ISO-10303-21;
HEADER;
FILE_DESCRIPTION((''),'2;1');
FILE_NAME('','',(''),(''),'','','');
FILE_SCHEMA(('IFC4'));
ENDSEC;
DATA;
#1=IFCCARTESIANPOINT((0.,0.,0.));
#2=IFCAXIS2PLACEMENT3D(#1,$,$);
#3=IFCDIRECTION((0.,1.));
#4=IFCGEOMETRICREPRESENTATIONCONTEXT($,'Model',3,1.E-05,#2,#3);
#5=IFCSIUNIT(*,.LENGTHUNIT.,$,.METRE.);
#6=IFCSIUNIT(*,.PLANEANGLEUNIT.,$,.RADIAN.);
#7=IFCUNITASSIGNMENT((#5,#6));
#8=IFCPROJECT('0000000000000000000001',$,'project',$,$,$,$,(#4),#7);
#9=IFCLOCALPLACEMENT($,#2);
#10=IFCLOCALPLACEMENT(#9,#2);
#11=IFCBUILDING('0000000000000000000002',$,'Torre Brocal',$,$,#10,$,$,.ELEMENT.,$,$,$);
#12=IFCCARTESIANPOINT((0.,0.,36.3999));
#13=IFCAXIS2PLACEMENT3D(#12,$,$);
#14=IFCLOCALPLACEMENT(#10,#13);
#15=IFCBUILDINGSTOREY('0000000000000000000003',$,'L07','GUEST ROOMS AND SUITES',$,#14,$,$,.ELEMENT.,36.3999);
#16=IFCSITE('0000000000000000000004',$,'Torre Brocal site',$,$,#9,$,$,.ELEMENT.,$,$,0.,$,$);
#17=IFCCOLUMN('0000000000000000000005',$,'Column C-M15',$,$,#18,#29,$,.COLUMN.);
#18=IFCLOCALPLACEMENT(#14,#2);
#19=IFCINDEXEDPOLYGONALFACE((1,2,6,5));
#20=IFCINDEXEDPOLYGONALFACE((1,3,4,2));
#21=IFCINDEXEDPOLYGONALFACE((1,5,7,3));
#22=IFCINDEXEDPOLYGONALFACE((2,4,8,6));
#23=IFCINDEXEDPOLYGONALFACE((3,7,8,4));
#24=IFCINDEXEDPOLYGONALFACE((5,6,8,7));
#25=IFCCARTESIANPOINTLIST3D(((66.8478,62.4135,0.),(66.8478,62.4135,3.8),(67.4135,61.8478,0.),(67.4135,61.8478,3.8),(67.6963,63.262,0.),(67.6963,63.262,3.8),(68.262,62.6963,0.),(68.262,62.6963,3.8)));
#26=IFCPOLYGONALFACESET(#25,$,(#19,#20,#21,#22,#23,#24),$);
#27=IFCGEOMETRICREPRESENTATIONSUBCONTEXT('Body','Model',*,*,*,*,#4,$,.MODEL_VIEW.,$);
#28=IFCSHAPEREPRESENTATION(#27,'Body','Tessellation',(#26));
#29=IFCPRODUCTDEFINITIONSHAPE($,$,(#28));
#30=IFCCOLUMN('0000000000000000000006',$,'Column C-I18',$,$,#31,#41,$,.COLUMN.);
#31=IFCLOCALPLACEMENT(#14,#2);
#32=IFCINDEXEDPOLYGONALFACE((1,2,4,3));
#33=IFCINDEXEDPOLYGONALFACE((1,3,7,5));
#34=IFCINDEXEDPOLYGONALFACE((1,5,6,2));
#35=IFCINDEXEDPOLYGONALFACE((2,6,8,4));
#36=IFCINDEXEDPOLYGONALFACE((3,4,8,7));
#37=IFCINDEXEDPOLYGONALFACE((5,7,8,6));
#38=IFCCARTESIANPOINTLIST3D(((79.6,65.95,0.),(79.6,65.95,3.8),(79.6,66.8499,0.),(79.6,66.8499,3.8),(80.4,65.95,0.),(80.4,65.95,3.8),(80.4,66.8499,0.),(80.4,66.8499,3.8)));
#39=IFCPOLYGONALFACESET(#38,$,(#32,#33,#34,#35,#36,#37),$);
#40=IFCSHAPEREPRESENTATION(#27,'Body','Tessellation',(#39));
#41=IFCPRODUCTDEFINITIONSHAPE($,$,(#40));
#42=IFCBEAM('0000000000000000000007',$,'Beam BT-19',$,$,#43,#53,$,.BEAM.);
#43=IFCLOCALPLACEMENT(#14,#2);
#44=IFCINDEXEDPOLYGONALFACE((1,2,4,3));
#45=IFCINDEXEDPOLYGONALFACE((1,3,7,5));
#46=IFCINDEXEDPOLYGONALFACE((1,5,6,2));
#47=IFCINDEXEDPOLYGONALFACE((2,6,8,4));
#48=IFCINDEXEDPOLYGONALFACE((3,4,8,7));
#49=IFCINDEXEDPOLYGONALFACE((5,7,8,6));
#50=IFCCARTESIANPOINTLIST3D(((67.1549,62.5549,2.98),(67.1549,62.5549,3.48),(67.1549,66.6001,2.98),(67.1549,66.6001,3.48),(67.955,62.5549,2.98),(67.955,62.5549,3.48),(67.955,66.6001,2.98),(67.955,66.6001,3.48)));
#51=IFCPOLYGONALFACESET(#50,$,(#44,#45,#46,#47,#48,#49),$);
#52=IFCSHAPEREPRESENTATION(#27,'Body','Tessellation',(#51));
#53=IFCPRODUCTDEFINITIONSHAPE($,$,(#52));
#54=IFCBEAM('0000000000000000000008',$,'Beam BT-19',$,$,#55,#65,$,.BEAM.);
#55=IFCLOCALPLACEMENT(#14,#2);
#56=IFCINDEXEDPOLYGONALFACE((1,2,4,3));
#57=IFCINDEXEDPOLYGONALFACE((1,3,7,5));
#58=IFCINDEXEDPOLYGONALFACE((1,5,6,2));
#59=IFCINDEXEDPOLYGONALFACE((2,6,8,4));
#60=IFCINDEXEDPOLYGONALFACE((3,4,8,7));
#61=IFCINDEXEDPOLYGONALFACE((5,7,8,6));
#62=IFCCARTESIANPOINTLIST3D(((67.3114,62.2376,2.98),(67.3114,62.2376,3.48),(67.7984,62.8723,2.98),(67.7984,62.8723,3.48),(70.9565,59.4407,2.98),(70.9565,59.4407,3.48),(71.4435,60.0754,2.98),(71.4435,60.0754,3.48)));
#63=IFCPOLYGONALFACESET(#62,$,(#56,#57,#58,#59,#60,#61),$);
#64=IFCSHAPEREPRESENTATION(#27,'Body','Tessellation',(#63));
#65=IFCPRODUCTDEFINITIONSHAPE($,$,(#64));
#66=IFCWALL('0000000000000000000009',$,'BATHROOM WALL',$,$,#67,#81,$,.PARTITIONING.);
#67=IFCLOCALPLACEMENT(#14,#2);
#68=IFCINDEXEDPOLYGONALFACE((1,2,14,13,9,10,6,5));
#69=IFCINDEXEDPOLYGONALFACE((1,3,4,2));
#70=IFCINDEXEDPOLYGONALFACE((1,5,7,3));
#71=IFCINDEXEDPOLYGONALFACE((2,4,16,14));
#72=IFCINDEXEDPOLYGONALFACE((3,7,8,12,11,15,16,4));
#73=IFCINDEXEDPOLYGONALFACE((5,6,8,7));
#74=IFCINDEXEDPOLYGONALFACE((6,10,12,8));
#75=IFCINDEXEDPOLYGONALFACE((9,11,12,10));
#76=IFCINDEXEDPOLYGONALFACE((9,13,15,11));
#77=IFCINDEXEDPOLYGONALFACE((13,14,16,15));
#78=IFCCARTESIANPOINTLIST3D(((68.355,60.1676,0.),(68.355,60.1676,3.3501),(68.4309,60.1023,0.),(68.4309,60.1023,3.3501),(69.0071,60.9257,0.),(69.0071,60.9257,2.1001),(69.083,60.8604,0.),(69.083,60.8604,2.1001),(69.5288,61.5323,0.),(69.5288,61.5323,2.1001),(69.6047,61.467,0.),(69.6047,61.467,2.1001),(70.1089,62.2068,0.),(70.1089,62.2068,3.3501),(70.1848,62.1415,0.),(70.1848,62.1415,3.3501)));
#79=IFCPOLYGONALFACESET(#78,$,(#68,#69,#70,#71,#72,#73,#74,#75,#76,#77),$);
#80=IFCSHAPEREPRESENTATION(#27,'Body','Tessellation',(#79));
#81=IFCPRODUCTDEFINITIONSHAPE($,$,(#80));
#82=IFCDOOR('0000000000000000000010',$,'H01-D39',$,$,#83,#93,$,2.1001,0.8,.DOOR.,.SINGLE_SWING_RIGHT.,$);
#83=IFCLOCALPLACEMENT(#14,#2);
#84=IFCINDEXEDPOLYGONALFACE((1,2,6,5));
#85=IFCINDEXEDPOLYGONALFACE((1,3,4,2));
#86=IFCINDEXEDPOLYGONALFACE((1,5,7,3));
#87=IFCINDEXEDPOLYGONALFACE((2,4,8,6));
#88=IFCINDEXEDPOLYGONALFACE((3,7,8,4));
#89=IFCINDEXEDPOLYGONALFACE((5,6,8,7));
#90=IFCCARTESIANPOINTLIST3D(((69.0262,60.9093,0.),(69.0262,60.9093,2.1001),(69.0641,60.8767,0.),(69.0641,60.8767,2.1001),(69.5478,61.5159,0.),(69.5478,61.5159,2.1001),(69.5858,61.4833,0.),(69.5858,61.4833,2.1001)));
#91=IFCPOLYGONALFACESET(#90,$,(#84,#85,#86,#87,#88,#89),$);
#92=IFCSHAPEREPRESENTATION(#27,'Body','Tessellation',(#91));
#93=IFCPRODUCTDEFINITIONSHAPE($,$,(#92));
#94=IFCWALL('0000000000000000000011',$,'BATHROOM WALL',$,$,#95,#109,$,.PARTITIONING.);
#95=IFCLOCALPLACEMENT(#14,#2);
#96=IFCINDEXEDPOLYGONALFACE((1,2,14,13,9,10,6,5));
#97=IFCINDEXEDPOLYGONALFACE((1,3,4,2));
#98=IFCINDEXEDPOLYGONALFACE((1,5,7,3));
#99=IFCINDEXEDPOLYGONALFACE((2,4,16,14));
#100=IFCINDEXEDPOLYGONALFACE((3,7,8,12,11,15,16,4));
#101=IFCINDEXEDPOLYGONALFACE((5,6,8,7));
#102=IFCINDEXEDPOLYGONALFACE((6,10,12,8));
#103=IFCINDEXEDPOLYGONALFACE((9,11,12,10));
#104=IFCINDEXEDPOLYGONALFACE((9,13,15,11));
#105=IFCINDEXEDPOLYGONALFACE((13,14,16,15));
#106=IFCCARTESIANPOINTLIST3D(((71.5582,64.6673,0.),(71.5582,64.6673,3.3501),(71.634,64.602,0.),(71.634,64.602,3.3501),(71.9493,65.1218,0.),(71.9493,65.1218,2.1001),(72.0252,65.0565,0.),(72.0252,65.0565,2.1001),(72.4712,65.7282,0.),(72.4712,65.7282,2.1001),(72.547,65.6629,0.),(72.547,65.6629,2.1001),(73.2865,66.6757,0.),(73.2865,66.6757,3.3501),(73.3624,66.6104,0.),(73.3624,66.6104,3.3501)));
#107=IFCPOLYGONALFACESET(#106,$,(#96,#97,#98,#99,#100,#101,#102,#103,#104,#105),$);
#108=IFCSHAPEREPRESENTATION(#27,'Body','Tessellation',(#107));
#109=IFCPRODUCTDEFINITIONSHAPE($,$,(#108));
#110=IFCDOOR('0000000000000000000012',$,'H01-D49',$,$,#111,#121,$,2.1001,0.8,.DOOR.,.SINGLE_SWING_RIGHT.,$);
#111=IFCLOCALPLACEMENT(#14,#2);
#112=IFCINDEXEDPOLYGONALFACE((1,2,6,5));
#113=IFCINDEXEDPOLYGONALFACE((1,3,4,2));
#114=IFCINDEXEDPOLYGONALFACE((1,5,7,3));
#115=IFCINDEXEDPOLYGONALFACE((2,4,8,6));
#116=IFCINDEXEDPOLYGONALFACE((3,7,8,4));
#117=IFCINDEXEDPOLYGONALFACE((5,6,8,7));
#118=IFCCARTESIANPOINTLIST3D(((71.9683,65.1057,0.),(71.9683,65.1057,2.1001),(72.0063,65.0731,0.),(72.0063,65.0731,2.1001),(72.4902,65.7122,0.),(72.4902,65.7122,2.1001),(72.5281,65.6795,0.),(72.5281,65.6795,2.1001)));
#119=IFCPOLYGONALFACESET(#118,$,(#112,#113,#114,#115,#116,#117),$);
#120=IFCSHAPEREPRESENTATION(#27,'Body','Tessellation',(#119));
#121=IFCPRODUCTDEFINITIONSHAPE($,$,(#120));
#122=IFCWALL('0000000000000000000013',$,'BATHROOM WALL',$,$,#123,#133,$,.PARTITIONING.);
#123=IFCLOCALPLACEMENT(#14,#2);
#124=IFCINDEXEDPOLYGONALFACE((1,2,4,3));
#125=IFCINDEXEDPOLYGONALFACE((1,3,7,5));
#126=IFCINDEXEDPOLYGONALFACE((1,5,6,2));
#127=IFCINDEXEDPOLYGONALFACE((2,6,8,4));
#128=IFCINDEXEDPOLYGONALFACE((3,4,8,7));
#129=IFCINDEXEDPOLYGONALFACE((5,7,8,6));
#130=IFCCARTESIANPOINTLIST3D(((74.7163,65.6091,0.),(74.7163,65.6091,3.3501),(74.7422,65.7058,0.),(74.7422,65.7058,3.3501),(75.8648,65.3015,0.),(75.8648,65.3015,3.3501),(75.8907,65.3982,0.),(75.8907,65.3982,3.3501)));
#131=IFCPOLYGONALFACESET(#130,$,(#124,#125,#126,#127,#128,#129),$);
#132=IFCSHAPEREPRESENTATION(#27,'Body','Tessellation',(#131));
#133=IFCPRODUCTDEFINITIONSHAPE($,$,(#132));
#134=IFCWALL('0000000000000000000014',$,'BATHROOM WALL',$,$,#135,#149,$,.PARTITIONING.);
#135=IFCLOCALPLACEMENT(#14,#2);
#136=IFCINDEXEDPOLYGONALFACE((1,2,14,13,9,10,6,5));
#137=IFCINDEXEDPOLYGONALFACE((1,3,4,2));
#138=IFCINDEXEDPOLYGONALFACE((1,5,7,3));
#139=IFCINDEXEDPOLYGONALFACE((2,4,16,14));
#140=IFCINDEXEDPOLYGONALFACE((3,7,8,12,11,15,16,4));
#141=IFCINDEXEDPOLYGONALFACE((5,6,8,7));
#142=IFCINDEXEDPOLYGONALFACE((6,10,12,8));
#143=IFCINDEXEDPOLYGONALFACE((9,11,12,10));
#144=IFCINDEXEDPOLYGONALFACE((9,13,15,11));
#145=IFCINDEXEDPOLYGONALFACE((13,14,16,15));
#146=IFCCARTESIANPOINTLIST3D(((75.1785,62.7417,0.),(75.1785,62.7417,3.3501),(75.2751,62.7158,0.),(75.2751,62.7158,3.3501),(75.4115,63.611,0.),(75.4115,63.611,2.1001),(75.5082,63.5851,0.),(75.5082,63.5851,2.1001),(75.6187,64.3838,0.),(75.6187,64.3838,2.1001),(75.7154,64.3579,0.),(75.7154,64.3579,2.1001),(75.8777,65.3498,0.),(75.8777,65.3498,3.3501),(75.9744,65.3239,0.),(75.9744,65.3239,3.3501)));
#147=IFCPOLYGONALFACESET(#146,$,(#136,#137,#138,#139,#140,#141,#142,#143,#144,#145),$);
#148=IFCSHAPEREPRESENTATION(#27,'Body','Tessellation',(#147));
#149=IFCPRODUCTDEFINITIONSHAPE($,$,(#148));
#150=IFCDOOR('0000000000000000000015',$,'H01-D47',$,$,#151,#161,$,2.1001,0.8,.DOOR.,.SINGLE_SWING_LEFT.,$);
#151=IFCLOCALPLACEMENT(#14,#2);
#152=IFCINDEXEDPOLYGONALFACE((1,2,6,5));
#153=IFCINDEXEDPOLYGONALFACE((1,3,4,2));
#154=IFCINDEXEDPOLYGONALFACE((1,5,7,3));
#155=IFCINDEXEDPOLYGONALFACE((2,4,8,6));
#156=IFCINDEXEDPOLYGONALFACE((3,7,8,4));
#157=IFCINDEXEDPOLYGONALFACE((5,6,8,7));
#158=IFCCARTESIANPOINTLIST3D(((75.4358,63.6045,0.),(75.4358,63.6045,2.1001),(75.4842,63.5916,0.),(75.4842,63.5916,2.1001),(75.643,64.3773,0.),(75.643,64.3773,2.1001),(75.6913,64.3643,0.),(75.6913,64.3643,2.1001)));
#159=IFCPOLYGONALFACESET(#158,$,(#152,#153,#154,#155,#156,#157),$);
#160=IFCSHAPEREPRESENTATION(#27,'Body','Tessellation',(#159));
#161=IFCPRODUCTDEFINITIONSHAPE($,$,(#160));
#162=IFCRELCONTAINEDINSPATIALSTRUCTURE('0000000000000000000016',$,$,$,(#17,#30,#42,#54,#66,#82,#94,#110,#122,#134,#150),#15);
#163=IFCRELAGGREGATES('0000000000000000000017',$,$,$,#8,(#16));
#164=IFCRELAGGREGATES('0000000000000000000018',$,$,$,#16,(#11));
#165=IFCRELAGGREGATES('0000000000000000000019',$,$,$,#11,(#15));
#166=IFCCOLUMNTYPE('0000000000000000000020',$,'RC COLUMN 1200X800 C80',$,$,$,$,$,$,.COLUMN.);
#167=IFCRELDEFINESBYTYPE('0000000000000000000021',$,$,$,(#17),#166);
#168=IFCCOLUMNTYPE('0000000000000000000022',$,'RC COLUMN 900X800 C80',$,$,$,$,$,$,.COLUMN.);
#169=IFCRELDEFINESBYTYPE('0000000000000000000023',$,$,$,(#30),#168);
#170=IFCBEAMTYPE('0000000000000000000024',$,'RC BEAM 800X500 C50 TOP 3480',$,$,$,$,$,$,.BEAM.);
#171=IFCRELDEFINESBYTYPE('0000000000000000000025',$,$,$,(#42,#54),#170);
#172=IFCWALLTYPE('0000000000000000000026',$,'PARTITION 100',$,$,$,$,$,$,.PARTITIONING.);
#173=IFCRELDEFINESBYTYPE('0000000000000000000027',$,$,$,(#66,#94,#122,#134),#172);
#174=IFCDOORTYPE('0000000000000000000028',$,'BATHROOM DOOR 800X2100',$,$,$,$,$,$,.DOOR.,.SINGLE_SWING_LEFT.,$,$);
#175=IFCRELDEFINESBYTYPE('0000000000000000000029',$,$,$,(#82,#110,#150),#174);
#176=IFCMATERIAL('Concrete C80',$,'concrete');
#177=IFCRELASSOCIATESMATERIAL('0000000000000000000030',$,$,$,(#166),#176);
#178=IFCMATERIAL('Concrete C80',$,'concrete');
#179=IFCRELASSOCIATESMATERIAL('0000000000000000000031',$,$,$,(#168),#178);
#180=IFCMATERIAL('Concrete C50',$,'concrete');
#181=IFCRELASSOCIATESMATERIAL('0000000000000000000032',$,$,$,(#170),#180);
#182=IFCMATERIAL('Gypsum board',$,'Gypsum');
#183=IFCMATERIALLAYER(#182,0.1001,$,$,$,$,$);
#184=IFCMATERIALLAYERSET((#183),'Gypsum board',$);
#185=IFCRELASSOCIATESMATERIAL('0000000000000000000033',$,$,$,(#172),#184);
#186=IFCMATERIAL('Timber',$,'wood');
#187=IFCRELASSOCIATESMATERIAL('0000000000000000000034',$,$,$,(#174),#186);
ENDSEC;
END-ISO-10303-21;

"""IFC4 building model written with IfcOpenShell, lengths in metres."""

from ifc_helpers import new_model, si_unit, direction, frame, frame_2d, origin, origin_2d, place, context, subcontext, project, spatial, rectangle, extrude, material, layer, layer_set, material_profile, profile_set, type_object, element, fill, save


model = new_model("IFC4")

# Units and contexts
model_context = context("Model", 3, precision=1e-05, world=origin(), true_north=direction((0.0, 1.0)))
body_context = subcontext(model_context, "Body", "Model", "MODEL_VIEW")
ifc_project = project(units=[si_unit("LENGTHUNIT", "METRE"), si_unit("PLANEANGLEUNIT", "RADIAN")], contexts=[model_context])

# Site, building, storey
site_placement = place(None, origin())
site = spatial("IfcSite", under=ifc_project, at=site_placement, Name="Torre Brocal site", CompositionType="ELEMENT", RefElevation=0.0)
building_placement = place(site_placement, origin())
building = spatial("IfcBuilding", under=site, at=building_placement, Name="Torre Brocal", CompositionType="ELEMENT")
storey_placement = place(building_placement, frame((0.0, 0.0, 36.3999)))
storey = spatial("IfcBuildingStorey", under=building, at=storey_placement, Name="L07", Description="GUEST ROOMS AND SUITES", CompositionType="ELEMENT", Elevation=36.3999)

# Columns
ifc_material_1 = material(Name="Concrete C80", Category="concrete")
ifc_material_profile_1 = material_profile(ifc_material_1, rectangle(XDim=1.2, YDim=0.8, at=origin_2d()), Name="RC 1200X800")
ifc_profile_set_1 = profile_set([ifc_material_profile_1], Name="Concrete C80")
column_type_1 = type_object("IfcColumnType", Name="RC COLUMN 1200X800 C80", PredefinedType="COLUMN", material=ifc_profile_set_1)
column_1_placement = place(storey_placement, frame((67.5549, 62.5549, 0.0), z_axis=(0.0, 0.0, 1.0), x_axis=(-0.707107, -0.707107, 0.0)))
element("IfcColumn", 1, at=column_1_placement, inside=storey, type_object=column_type_1, Name="Column C-M15", PredefinedType="COLUMN", context=body_context, shape_type="SweptSolid", body=[
    extrude(rectangle(XDim=1.2, YDim=0.8, at=origin_2d()), origin(), (0.0, 0.0, 1.0), 3.8),
])
ifc_material_2 = material(Name="Concrete C80", Category="concrete")
ifc_material_profile_2 = material_profile(ifc_material_2, rectangle(XDim=0.8999, YDim=0.8, at=origin_2d()), Name="RC 900X800")
ifc_profile_set_2 = profile_set([ifc_material_profile_2], Name="Concrete C80")
column_type_2 = type_object("IfcColumnType", Name="RC COLUMN 900X800 C80", PredefinedType="COLUMN", material=ifc_profile_set_2)
column_2_placement = place(storey_placement, frame((80.0, 66.3999, 0.0), z_axis=(0.0, 0.0, 1.0), x_axis=(0.0, -1.0, 0.0)))
element("IfcColumn", 2, at=column_2_placement, inside=storey, type_object=column_type_2, Name="Column C-I18", PredefinedType="COLUMN", context=body_context, shape_type="SweptSolid", body=[
    extrude(rectangle(XDim=0.8999, YDim=0.8, at=origin_2d()), origin(), (0.0, 0.0, 1.0), 3.8),
])

# Beams
ifc_material_3 = material(Name="Concrete C50", Category="concrete")
ifc_material_profile_3 = material_profile(ifc_material_3, rectangle(XDim=0.8, YDim=0.5, at=origin_2d()), Name="RC 800X500")
ifc_profile_set_3 = profile_set([ifc_material_profile_3], Name="Concrete C50")
beam_type = type_object("IfcBeamType", Name="RC BEAM 800X500 C50 TOP 3480", PredefinedType="BEAM", material=ifc_profile_set_3)
beam_1_placement = place(storey_placement, frame((67.5549, 62.5549, 3.23), z_axis=(0.0, 1.0, 0.0), x_axis=(-1.0, 0.0, 0.0)))
element("IfcBeam", 3, at=beam_1_placement, inside=storey, type_object=beam_type, Name="Beam BT-19", PredefinedType="BEAM", context=body_context, shape_type="SweptSolid", body=[
    extrude(rectangle(XDim=0.8, YDim=0.5, at=origin_2d()), origin(), (0.0, 0.0, 1.0), 4.0452),
])
beam_2_placement = place(storey_placement, frame((67.5549, 62.5549, 3.23), z_axis=(0.793358, -0.608755, 0.0), x_axis=(0.608755, 0.793358, 0.0)))
element("IfcBeam", 4, at=beam_2_placement, inside=storey, type_object=beam_type, Name="Beam BT-19", PredefinedType="BEAM", context=body_context, shape_type="SweptSolid", body=[
    extrude(rectangle(XDim=0.8, YDim=0.5, at=origin_2d()), origin(), (0.0, 0.0, 1.0), 4.5945),
])

# Walls, openings, doors
ifc_material_4 = material(Name="Gypsum board", Category="Gypsum")
ifc_layer_1 = layer(ifc_material_4, 0.1001)
ifc_layer_set_1 = layer_set([ifc_layer_1], Name="Gypsum board")
wall_type_1 = type_object("IfcWallType", Name="PARTITION 100", PredefinedType="PARTITIONING", material=ifc_layer_set_1)
wall_1_placement = place(storey_placement, frame((68.3931, 60.135, 0.0), z_axis=(0.0, 0.0, 1.0), x_axis=(0.652061, 0.758166, 0.0)))
wall_1 = element("IfcWall", 5, at=wall_1_placement, inside=storey, type_object=wall_type_1, Name="BATHROOM WALL", PredefinedType="PARTITIONING", context=body_context, shape_type="SweptSolid", body=[
    extrude(rectangle(XDim=2.6897, YDim=0.1001, at=frame_2d((1.3447, 0.0))), origin(), (0.0, 0.0, 1.0), 3.3501),
])
opening_1_placement = place(wall_1_placement, frame((1.0, 0.0, 0.0)))
opening_1 = element("IfcOpeningElement", 6, at=opening_1_placement, cuts=wall_1, PredefinedType="OPENING", context=body_context, shape_type="SweptSolid", body=[
    extrude(rectangle(XDim=0.8, YDim=2.1001, at=frame_2d((0.3999, 1.05))), frame((0.0, 0.0601, 0.0), z_axis=(0.0, -1.0, 0.0), x_axis=(1.0, 0.0, 0.0)), (0.0, 0.0, 1.0), 0.1201),
])
ifc_material_5 = material(Name="Timber", Category="wood")
door_type_1 = type_object("IfcDoorType", Name="BATHROOM DOOR 800X2100", OperationType="SINGLE_SWING_LEFT", PredefinedType="DOOR", material=ifc_material_5)
door_1_placement = place(opening_1_placement, origin())
door_1 = element("IfcDoor", 7, at=door_1_placement, inside=storey, type_object=door_type_1, Name="H01-D39", OperationType="SINGLE_SWING_RIGHT", OverallHeight=2.1001, OverallWidth=0.8, PredefinedType="DOOR", context=body_context, shape_type="SweptSolid", body=[
    extrude(rectangle(XDim=0.8, YDim=2.1001, at=frame_2d((0.3999, 1.05))), frame((0.0, 0.0249, 0.0), z_axis=(0.0, -1.0, 0.0), x_axis=(1.0, 0.0, 0.0)), (0.0, 0.0, 1.0), 0.05),
])
fill(opening_1, door_1)
wall_2_placement = place(storey_placement, frame((71.5962, 64.6348, 0.0), z_axis=(0.0, 0.0, 1.0), x_axis=(0.652285, 0.757974, 0.0)))
wall_2 = element("IfcWall", 8, at=wall_2_placement, inside=storey, type_object=wall_type_1, Name="BATHROOM WALL", PredefinedType="PARTITIONING", context=body_context, shape_type="SweptSolid", body=[
    extrude(rectangle(XDim=2.6497, YDim=0.1001, at=frame_2d((1.3247, 0.0))), origin(), (0.0, 0.0, 1.0), 3.3501),
])
opening_2_placement = place(wall_2_placement, frame((0.5996, 0.0, 0.0)))
opening_2 = element("IfcOpeningElement", 9, at=opening_2_placement, cuts=wall_2, PredefinedType="OPENING", context=body_context, shape_type="SweptSolid", body=[
    extrude(rectangle(XDim=0.8, YDim=2.1001, at=frame_2d((0.3999, 1.05))), frame((0.0, 0.0601, 0.0), z_axis=(0.0, -1.0, 0.0), x_axis=(1.0, 0.0, 0.0)), (0.0, 0.0, 1.0), 0.1201),
])
door_2_placement = place(opening_2_placement, frame((0.8, 0.0, 0.0), z_axis=(0.0, 0.0, 1.0), x_axis=(-1.0, 0.0, 0.0)))
door_2 = element("IfcDoor", 10, at=door_2_placement, inside=storey, type_object=door_type_1, Name="H01-D49", OperationType="SINGLE_SWING_RIGHT", OverallHeight=2.1001, OverallWidth=0.8, PredefinedType="DOOR", context=body_context, shape_type="SweptSolid", body=[
    extrude(rectangle(XDim=0.8, YDim=2.1001, at=frame_2d((0.3999, 1.05))), frame((0.0, 0.0249, 0.0), z_axis=(0.0, -1.0, 0.0), x_axis=(1.0, 0.0, 0.0)), (0.0, 0.0, 1.0), 0.05),
])
fill(opening_2, door_2)

# Wall
wall_3_placement = place(storey_placement, frame((74.7292, 65.6575, 0.0), z_axis=(0.0, 0.0, 1.0), x_axis=(0.965948, -0.258736, 0.0)))
element("IfcWall", 11, at=wall_3_placement, inside=storey, type_object=wall_type_1, Name="BATHROOM WALL", PredefinedType="PARTITIONING", context=body_context, shape_type="SweptSolid", body=[
    extrude(rectangle(XDim=1.189, YDim=0.1001, at=frame_2d((0.5945, 0.0))), origin(), (0.0, 0.0, 1.0), 3.3501),
])

# Wall, opening, door
wall_4_placement = place(storey_placement, frame((75.2268, 62.7288, 0.0), z_axis=(0.0, 0.0, 1.0), x_axis=(0.258945, 0.965892, 0.0)))
wall_4 = element("IfcWall", 12, at=wall_4_placement, inside=storey, type_object=wall_type_1, Name="BATHROOM WALL", PredefinedType="PARTITIONING", context=body_context, shape_type="SweptSolid", body=[
    extrude(rectangle(XDim=2.7002, YDim=0.1001, at=frame_2d((1.3501, 0.0))), origin(), (0.0, 0.0, 1.0), 3.3501),
])
opening_3_placement = place(wall_4_placement, frame((0.9001, 0.0, 0.0)))
opening_3 = element("IfcOpeningElement", 13, at=opening_3_placement, cuts=wall_4, PredefinedType="OPENING", context=body_context, shape_type="SweptSolid", body=[
    extrude(rectangle(XDim=0.8, YDim=2.1001, at=frame_2d((0.3999, 1.05))), frame((0.0, 0.0601, 0.0), z_axis=(0.0, -1.0, 0.0), x_axis=(1.0, 0.0, 0.0)), (0.0, 0.0, 1.0), 0.1201),
])
door_3_placement = place(opening_3_placement, origin())
door_3 = element("IfcDoor", 14, at=door_3_placement, inside=storey, type_object=door_type_1, Name="H01-D47", OperationType="SINGLE_SWING_LEFT", OverallHeight=2.1001, OverallWidth=0.8, PredefinedType="DOOR", context=body_context, shape_type="SweptSolid", body=[
    extrude(rectangle(XDim=0.8, YDim=2.1001, at=frame_2d((0.3999, 1.05))), frame((0.0, 0.0249, 0.0), z_axis=(0.0, -1.0, 0.0), x_axis=(1.0, 0.0, 0.0)), (0.0, 0.0, 1.0), 0.05),
])
fill(opening_3, door_3)

save(model, "model.ifc")
